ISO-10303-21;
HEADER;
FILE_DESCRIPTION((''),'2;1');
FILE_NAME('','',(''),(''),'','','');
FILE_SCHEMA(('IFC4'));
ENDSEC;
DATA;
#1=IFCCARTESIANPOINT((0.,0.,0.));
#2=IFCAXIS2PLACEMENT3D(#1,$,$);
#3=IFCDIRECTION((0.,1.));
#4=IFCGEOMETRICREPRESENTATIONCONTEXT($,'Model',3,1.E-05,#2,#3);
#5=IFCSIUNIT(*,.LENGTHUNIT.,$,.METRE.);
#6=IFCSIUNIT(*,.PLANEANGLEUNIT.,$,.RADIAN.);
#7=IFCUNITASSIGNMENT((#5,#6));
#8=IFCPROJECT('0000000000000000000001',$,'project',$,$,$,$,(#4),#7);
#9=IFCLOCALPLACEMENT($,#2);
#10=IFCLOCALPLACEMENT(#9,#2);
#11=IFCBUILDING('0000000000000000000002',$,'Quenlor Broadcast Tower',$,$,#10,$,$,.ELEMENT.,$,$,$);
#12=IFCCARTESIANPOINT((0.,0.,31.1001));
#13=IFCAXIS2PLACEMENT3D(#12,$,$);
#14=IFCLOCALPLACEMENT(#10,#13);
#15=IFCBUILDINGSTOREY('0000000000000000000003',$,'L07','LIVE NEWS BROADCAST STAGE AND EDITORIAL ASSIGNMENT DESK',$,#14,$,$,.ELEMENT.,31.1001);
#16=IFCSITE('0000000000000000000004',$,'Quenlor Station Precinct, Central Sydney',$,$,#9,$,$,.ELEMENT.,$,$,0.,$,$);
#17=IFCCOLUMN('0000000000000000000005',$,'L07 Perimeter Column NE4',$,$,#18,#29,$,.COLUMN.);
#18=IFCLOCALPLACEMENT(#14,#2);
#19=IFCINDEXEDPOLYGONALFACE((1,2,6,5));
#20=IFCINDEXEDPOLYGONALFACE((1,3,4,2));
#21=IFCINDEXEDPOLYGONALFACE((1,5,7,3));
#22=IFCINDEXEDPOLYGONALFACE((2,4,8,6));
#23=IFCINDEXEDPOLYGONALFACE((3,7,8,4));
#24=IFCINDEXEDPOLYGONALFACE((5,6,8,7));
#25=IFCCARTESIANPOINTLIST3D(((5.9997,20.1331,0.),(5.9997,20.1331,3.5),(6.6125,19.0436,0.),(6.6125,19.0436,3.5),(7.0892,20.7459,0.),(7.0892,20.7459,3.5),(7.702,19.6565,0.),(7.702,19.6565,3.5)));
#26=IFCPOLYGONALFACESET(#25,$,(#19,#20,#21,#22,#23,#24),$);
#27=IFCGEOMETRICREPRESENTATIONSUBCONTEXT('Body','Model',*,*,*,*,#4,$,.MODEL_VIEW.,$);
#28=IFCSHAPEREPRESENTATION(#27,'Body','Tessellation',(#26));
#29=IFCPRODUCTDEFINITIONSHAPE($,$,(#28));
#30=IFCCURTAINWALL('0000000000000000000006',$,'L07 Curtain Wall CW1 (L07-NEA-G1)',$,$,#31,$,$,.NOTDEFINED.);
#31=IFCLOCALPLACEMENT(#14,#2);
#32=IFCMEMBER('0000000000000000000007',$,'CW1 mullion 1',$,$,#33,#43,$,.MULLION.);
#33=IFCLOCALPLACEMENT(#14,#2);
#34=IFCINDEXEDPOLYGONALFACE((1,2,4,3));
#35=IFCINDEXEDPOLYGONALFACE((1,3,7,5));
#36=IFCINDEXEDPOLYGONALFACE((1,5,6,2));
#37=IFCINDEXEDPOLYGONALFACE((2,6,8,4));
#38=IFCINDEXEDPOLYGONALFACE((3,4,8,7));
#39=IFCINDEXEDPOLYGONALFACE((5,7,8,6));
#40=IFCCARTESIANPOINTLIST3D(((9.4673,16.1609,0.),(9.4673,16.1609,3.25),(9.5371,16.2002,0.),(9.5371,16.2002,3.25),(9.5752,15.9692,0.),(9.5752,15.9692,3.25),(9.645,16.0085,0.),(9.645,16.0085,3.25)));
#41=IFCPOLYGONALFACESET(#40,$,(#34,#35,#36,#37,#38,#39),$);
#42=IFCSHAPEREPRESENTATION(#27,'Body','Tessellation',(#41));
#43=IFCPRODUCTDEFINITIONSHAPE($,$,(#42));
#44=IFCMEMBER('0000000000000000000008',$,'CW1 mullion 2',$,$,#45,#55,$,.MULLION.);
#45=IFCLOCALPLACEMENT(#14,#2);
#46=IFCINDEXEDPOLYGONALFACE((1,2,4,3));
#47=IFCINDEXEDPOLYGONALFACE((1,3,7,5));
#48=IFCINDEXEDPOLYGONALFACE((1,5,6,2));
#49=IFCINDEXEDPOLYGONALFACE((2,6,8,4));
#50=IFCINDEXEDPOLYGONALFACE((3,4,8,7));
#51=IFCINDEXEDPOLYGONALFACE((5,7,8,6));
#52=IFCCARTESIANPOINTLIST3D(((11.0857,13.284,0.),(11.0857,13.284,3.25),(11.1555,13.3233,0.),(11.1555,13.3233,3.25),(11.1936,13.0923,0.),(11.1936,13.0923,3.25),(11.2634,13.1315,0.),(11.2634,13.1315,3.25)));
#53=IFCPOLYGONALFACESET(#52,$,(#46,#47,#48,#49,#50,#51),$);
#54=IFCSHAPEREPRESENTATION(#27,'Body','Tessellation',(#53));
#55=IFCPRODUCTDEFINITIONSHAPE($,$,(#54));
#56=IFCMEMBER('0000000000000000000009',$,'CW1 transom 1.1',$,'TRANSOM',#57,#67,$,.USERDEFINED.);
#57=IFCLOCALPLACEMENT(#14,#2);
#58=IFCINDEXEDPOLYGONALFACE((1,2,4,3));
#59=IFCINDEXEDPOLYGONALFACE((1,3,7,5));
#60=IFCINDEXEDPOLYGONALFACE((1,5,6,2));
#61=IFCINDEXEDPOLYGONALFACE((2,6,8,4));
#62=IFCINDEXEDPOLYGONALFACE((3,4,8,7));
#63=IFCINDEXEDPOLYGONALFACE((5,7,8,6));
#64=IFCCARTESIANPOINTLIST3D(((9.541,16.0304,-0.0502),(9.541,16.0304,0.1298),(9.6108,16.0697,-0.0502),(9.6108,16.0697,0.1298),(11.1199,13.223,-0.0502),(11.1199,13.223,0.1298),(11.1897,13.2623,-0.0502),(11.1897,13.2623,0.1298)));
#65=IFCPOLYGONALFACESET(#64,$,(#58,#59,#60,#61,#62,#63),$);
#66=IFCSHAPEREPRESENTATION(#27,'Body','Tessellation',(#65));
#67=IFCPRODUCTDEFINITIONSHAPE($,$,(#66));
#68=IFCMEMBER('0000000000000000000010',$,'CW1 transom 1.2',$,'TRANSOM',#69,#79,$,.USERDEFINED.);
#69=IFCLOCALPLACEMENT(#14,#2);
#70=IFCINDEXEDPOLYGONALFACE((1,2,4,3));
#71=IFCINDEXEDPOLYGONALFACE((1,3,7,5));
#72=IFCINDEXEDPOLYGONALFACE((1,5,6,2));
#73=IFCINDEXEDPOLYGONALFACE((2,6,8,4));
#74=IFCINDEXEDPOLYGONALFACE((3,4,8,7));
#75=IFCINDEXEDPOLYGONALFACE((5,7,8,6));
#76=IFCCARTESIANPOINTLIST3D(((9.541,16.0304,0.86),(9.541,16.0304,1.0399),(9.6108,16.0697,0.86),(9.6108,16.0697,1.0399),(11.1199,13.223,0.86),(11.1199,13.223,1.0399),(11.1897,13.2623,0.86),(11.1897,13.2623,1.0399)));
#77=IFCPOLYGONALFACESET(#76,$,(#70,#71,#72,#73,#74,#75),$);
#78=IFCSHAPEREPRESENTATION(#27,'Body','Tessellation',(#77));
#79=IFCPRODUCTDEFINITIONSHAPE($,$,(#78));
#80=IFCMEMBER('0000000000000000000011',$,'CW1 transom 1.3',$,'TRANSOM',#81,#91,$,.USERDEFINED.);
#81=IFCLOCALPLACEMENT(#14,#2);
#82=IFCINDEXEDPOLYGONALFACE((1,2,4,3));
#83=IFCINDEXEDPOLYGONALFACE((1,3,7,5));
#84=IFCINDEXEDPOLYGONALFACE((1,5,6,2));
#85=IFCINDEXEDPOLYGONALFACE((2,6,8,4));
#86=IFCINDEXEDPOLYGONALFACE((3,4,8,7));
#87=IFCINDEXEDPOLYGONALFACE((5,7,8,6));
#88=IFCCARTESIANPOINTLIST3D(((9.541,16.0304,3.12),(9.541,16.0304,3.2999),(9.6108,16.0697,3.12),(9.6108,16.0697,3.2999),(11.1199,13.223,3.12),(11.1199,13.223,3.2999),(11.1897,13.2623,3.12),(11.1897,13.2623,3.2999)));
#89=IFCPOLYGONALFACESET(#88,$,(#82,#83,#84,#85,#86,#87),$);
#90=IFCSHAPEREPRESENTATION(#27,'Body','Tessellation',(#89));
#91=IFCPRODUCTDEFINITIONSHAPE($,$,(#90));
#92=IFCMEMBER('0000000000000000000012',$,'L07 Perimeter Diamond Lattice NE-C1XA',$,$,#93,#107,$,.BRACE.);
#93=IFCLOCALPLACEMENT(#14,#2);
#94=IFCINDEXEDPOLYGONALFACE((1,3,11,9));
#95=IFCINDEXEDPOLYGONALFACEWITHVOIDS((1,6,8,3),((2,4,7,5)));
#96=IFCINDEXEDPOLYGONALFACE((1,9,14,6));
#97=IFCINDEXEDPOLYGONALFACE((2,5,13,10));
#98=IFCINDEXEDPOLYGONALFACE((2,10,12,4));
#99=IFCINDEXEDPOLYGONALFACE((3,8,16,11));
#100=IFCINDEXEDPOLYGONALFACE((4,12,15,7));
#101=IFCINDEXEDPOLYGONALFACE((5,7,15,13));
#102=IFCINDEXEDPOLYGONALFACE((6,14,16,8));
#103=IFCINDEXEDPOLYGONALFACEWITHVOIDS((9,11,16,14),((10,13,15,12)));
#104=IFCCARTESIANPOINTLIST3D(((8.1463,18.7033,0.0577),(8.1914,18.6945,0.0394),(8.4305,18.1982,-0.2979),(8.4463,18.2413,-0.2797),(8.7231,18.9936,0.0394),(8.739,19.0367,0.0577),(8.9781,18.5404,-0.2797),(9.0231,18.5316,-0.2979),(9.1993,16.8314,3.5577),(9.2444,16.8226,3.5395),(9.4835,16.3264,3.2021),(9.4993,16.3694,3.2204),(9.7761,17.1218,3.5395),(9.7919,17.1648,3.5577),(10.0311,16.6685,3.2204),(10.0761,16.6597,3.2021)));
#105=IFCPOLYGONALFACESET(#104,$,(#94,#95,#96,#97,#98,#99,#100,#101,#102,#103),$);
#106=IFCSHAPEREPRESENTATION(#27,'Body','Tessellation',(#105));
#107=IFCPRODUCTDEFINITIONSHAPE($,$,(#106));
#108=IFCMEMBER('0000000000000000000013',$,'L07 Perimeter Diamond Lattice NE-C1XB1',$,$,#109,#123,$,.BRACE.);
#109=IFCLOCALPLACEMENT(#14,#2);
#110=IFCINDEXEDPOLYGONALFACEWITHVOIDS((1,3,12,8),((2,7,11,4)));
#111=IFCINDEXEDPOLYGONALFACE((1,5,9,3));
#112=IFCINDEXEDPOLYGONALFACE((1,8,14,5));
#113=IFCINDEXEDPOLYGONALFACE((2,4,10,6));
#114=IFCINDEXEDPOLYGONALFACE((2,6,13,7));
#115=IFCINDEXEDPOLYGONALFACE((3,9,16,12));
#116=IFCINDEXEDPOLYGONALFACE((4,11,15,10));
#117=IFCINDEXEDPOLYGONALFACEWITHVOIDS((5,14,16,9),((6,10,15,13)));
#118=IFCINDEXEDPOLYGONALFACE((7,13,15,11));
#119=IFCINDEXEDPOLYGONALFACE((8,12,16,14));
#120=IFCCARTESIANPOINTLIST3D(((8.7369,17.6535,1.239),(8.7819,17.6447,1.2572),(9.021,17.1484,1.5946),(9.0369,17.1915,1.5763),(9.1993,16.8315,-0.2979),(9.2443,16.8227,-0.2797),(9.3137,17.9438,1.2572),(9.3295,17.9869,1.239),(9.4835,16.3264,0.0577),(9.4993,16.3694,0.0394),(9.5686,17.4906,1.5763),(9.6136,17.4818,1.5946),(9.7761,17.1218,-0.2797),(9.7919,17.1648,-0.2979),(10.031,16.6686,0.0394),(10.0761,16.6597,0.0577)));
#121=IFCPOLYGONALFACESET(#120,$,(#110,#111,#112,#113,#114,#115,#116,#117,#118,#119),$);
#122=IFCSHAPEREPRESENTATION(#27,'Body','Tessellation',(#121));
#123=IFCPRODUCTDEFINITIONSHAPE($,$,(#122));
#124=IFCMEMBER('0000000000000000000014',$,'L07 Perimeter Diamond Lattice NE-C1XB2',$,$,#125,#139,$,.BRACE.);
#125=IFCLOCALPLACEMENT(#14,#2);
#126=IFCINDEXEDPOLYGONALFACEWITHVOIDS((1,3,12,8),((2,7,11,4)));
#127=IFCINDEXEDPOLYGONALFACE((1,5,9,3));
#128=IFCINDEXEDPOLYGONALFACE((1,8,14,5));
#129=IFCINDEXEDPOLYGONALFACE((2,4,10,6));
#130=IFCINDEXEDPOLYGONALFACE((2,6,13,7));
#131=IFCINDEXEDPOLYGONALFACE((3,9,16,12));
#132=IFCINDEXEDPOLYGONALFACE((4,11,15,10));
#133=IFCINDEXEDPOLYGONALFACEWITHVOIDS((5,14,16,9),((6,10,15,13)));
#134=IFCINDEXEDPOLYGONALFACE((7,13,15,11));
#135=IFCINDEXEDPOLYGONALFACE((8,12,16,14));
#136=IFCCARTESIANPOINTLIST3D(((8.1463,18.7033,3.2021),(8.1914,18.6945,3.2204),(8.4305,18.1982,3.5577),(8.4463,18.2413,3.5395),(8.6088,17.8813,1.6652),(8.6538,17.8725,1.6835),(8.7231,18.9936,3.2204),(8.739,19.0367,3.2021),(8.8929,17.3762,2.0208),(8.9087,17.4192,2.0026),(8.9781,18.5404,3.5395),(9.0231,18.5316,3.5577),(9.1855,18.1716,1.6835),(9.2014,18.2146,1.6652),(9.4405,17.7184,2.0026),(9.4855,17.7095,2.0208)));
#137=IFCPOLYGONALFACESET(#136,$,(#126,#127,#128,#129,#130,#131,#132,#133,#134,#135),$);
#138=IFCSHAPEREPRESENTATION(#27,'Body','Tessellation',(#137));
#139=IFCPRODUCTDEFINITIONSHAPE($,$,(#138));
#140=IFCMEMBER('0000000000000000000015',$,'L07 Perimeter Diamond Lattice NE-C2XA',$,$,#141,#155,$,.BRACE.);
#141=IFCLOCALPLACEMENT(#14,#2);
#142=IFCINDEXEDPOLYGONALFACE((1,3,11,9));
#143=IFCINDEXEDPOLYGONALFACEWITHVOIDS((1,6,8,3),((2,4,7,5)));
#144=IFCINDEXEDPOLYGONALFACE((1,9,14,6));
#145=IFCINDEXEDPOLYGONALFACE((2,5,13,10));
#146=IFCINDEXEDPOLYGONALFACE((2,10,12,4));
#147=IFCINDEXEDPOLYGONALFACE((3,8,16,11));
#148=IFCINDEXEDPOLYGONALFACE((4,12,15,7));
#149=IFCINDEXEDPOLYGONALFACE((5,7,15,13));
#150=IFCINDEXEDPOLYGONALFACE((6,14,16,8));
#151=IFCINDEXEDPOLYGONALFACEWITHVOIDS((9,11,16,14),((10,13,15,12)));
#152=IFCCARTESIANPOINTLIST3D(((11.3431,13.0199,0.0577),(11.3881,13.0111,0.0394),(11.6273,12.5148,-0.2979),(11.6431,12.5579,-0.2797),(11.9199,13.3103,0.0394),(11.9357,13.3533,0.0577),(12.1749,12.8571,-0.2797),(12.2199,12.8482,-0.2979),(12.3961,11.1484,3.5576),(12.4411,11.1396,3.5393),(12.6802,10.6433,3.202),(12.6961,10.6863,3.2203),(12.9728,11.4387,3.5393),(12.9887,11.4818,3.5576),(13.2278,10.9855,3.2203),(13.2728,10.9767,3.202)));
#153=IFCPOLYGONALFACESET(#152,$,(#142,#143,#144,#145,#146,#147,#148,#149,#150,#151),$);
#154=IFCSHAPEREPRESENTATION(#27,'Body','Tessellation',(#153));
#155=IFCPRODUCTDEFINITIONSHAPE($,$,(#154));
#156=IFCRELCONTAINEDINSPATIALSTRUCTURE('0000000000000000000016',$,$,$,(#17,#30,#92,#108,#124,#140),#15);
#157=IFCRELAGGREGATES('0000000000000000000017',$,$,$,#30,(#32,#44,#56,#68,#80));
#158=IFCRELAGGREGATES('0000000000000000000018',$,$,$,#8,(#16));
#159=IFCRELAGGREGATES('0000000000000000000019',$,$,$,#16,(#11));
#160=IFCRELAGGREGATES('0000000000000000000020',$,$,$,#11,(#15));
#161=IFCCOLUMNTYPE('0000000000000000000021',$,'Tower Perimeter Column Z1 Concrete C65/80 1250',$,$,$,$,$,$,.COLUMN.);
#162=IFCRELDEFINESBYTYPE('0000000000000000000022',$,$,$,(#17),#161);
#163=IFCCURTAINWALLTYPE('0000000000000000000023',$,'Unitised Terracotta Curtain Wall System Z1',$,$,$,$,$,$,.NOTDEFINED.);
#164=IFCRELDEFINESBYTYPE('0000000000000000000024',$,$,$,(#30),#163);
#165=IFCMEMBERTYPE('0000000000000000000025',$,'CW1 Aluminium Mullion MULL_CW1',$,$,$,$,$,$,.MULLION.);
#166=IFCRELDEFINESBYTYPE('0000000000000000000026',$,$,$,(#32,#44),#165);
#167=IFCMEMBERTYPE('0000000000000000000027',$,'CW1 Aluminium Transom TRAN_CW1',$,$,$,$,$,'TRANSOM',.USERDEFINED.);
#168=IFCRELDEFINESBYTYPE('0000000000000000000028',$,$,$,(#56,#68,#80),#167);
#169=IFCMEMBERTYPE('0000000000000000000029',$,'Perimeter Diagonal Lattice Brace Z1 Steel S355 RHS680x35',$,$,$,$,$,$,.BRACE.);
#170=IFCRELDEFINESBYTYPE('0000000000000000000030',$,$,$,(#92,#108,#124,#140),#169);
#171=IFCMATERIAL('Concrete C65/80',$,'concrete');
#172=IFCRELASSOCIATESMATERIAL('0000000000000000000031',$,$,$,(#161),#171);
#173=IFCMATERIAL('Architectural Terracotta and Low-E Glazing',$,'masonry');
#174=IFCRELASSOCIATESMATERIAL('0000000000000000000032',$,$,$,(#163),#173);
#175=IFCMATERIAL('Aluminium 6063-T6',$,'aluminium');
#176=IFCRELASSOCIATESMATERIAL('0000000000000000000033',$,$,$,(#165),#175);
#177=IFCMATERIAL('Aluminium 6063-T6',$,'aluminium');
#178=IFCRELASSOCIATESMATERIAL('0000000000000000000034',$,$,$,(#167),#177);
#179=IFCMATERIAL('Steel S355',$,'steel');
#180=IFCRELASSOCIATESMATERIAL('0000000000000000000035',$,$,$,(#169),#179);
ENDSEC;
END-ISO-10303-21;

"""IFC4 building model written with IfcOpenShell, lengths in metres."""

from ifc_helpers import new_model, si_unit, direction, frame, origin, origin_2d, place, context, subcontext, project, spatial, rectangle, hollow_rectangle, extrude, material, material_profile, profile_set, type_object, element, aggregate, save


model = new_model("IFC4")

# Units and contexts
model_context = context("Model", 3, precision=1e-05, world=origin(), true_north=direction((0.0, 1.0)))
body_context = subcontext(model_context, "Body", "Model", "MODEL_VIEW")
ifc_project = project(units=[si_unit("LENGTHUNIT", "METRE"), si_unit("PLANEANGLEUNIT", "RADIAN")], contexts=[model_context])

# Site, building, storey
site_placement = place(None, origin())
site = spatial("IfcSite", under=ifc_project, at=site_placement, Name="Quenlor Station Precinct, Central Sydney", CompositionType="ELEMENT", RefElevation=0.0)
building_placement = place(site_placement, origin())
building = spatial("IfcBuilding", under=site, at=building_placement, Name="Quenlor Broadcast Tower", CompositionType="ELEMENT")
storey_placement = place(building_placement, frame((0.0, 0.0, 31.1001)))
storey = spatial("IfcBuildingStorey", under=building, at=storey_placement, Name="L07", Description="LIVE NEWS BROADCAST STAGE AND EDITORIAL ASSIGNMENT DESK", CompositionType="ELEMENT", Elevation=31.1001)

# Column
ifc_material_1 = material(Name="Concrete C65/80", Category="concrete")
ifc_material_profile_1 = material_profile(ifc_material_1, rectangle(XDim=1.25, YDim=1.25, at=origin_2d()))
ifc_profile_set_1 = profile_set([ifc_material_profile_1], Name="Concrete C65/80 RC1250x1250")
column_type = type_object("IfcColumnType", Name="Tower Perimeter Column Z1 Concrete C65/80 1250", PredefinedType="COLUMN", material=ifc_profile_set_1)
column_placement = place(storey_placement, frame((6.8508, 19.8948, 0.0), z_axis=(0.0, 0.0, 1.0), x_axis=(0.871575, 0.490262, 0.0)))
element("IfcColumn", 1, at=column_placement, inside=storey, type_object=column_type, Name="L07 Perimeter Column NE4", PredefinedType="COLUMN", context=body_context, shape_type="SweptSolid", body=[
    extrude(rectangle(XDim=1.25, YDim=1.25, at=origin_2d()), origin(), (0.0, 0.0, 1.0), 3.5),
])

# Curtain wall, members
ifc_material_2 = material(Name="Architectural Terracotta and Low-E Glazing", Category="masonry")
curtain_wall_type = type_object("IfcCurtainWallType", Name="Unitised Terracotta Curtain Wall System Z1", PredefinedType="NOTDEFINED", material=ifc_material_2)
curtain_wall_placement = place(storey_placement, origin())
curtain_wall = element("IfcCurtainWall", 2, at=curtain_wall_placement, inside=storey, type_object=curtain_wall_type, Name="L07 Curtain Wall CW1 (L07-NEA-G1)", PredefinedType="NOTDEFINED")
ifc_material_3 = material(Name="Aluminium 6063-T6", Category="aluminium")
ifc_material_profile_2 = material_profile(ifc_material_3, rectangle(XDim=0.0801, YDim=0.22, at=origin_2d()))
ifc_profile_set_2 = profile_set([ifc_material_profile_2], Name="Aluminium 6063-T6 MULL80x220")
member_type_1 = type_object("IfcMemberType", Name="CW1 Aluminium Mullion MULL_CW1", PredefinedType="MULLION", material=ifc_profile_set_2)
member_1_placement = place(storey_placement, frame((9.5562, 16.0847, 0.0), z_axis=(0.0, 0.0, 1.0), x_axis=(0.871585, 0.490244, 0.0)))
member_1 = element("IfcMember", 3, at=member_1_placement, type_object=member_type_1, Name="CW1 mullion 1", PredefinedType="MULLION", context=body_context, shape_type="SweptSolid", body=[
    extrude(rectangle(XDim=0.0801, YDim=0.22, at=origin_2d()), origin(), (0.0, 0.0, 1.0), 3.25),
])
member_2_placement = place(storey_placement, frame((11.1746, 13.2078, 0.0), z_axis=(0.0, 0.0, 1.0), x_axis=(0.871585, 0.490244, 0.0)))
member_2 = element("IfcMember", 4, at=member_2_placement, type_object=member_type_1, Name="CW1 mullion 2", PredefinedType="MULLION", context=body_context, shape_type="SweptSolid", body=[
    extrude(rectangle(XDim=0.0801, YDim=0.22, at=origin_2d()), origin(), (0.0, 0.0, 1.0), 3.25),
])
ifc_material_4 = material(Name="Aluminium 6063-T6", Category="aluminium")
ifc_material_profile_3 = material_profile(ifc_material_4, rectangle(XDim=0.0801, YDim=0.1799, at=origin_2d()))
ifc_profile_set_3 = profile_set([ifc_material_profile_3], Name="Aluminium 6063-T6 TRAN80x180")
member_type_2 = type_object("IfcMemberType", Name="CW1 Aluminium Transom TRAN_CW1", ElementType="TRANSOM", PredefinedType="USERDEFINED", material=ifc_profile_set_3)
member_3_placement = place(storey_placement, frame((9.5759, 16.05, 0.0398), z_axis=(0.490193, -0.871614, 0.0), x_axis=(0.871614, 0.490193, 0.0)))
member_3 = element("IfcMember", 5, at=member_3_placement, type_object=member_type_2, Name="CW1 transom 1.1", ObjectType="TRANSOM", PredefinedType="USERDEFINED", context=body_context, shape_type="SweptSolid", body=[
    extrude(rectangle(XDim=0.0801, YDim=0.1799, at=origin_2d()), origin(), (0.0, 0.0, 1.0), 3.2209),
])
member_4_placement = place(storey_placement, frame((9.5759, 16.05, 0.95), z_axis=(0.490193, -0.871614, 0.0), x_axis=(0.871614, 0.490193, 0.0)))
member_4 = element("IfcMember", 6, at=member_4_placement, type_object=member_type_2, Name="CW1 transom 1.2", ObjectType="TRANSOM", PredefinedType="USERDEFINED", context=body_context, shape_type="SweptSolid", body=[
    extrude(rectangle(XDim=0.0801, YDim=0.1799, at=origin_2d()), origin(), (0.0, 0.0, 1.0), 3.2209),
])
member_5_placement = place(storey_placement, frame((9.5759, 16.05, 3.21), z_axis=(0.490193, -0.871614, 0.0), x_axis=(0.871614, 0.490193, 0.0)))
member_5 = element("IfcMember", 7, at=member_5_placement, type_object=member_type_2, Name="CW1 transom 1.3", ObjectType="TRANSOM", PredefinedType="USERDEFINED", context=body_context, shape_type="SweptSolid", body=[
    extrude(rectangle(XDim=0.0801, YDim=0.1799, at=origin_2d()), origin(), (0.0, 0.0, 1.0), 3.2209),
])

# Members
ifc_material_5 = material(Name="Steel S355", Category="steel")
ifc_material_profile_4 = material_profile(ifc_material_5, hollow_rectangle(XDim=0.6799, YDim=0.6799, WallThickness=0.0349, at=origin_2d()))
ifc_profile_set_4 = profile_set([ifc_material_profile_4], Name="Steel S355 RHS680x680x35")
member_type_3 = type_object("IfcMemberType", Name="Perimeter Diagonal Lattice Brace Z1 Steel S355 RHS680x35", PredefinedType="BRACE", material=ifc_profile_set_4)
member_6_placement = place(storey_placement, frame((8.5847, 18.6174, -0.1201), z_axis=(0.256424, -0.455832, 0.852329), x_axis=(0.87156, 0.490288, 0.0)))
element("IfcMember", 8, at=member_6_placement, inside=storey, type_object=member_type_3, Name="L07 Perimeter Diamond Lattice NE-C1XA", PredefinedType="BRACE", context=body_context, shape_type="SweptSolid", body=[
    extrude(hollow_rectangle(XDim=0.6799, YDim=0.6799, WallThickness=0.0349, at=origin_2d()), origin(), (0.0, 0.0, 1.0), 4.1064),
])
for number, where, z_axis, x_axis, name in (
    (9, (9.6377, 16.7456, -0.1201), (-0.256436, 0.455871, 0.852304), (-0.871569, -0.490274, 0.0), "L07 Perimeter Diamond Lattice NE-C1XB1"),
    (10, (9.0471, 17.7954, 1.843), (-0.256436, 0.455871, 0.852304), (-0.871569, -0.490274, 0.0), "L07 Perimeter Diamond Lattice NE-C1XB2"),
):
    element("IfcMember", number, at=place(storey_placement, frame(where, z_axis=z_axis, x_axis=x_axis)), inside=storey, type_object=member_type_3, Name=name, PredefinedType="BRACE", context=body_context, shape_type="SweptSolid", body=[
        extrude(hollow_rectangle(XDim=0.6799, YDim=0.6799, WallThickness=0.0349, at=origin_2d()), origin(), (0.0, 0.0, 1.0), 1.8032),
    ])
member_7_placement = place(storey_placement, frame((11.7815, 12.9341, -0.1201), z_axis=(0.256431, -0.455785, 0.852352), x_axis=(0.871533, 0.490337, 0.0)))
element("IfcMember", 11, at=member_7_placement, inside=storey, type_object=member_type_3, Name="L07 Perimeter Diamond Lattice NE-C2XA", PredefinedType="BRACE", context=body_context, shape_type="SweptSolid", body=[
    extrude(hollow_rectangle(XDim=0.6799, YDim=0.6799, WallThickness=0.0349, at=origin_2d()), origin(), (0.0, 0.0, 1.0), 4.1062),
])

aggregate(curtain_wall, [member_1, member_2, member_3, member_4, member_5])

save(model, "model.ifc")
